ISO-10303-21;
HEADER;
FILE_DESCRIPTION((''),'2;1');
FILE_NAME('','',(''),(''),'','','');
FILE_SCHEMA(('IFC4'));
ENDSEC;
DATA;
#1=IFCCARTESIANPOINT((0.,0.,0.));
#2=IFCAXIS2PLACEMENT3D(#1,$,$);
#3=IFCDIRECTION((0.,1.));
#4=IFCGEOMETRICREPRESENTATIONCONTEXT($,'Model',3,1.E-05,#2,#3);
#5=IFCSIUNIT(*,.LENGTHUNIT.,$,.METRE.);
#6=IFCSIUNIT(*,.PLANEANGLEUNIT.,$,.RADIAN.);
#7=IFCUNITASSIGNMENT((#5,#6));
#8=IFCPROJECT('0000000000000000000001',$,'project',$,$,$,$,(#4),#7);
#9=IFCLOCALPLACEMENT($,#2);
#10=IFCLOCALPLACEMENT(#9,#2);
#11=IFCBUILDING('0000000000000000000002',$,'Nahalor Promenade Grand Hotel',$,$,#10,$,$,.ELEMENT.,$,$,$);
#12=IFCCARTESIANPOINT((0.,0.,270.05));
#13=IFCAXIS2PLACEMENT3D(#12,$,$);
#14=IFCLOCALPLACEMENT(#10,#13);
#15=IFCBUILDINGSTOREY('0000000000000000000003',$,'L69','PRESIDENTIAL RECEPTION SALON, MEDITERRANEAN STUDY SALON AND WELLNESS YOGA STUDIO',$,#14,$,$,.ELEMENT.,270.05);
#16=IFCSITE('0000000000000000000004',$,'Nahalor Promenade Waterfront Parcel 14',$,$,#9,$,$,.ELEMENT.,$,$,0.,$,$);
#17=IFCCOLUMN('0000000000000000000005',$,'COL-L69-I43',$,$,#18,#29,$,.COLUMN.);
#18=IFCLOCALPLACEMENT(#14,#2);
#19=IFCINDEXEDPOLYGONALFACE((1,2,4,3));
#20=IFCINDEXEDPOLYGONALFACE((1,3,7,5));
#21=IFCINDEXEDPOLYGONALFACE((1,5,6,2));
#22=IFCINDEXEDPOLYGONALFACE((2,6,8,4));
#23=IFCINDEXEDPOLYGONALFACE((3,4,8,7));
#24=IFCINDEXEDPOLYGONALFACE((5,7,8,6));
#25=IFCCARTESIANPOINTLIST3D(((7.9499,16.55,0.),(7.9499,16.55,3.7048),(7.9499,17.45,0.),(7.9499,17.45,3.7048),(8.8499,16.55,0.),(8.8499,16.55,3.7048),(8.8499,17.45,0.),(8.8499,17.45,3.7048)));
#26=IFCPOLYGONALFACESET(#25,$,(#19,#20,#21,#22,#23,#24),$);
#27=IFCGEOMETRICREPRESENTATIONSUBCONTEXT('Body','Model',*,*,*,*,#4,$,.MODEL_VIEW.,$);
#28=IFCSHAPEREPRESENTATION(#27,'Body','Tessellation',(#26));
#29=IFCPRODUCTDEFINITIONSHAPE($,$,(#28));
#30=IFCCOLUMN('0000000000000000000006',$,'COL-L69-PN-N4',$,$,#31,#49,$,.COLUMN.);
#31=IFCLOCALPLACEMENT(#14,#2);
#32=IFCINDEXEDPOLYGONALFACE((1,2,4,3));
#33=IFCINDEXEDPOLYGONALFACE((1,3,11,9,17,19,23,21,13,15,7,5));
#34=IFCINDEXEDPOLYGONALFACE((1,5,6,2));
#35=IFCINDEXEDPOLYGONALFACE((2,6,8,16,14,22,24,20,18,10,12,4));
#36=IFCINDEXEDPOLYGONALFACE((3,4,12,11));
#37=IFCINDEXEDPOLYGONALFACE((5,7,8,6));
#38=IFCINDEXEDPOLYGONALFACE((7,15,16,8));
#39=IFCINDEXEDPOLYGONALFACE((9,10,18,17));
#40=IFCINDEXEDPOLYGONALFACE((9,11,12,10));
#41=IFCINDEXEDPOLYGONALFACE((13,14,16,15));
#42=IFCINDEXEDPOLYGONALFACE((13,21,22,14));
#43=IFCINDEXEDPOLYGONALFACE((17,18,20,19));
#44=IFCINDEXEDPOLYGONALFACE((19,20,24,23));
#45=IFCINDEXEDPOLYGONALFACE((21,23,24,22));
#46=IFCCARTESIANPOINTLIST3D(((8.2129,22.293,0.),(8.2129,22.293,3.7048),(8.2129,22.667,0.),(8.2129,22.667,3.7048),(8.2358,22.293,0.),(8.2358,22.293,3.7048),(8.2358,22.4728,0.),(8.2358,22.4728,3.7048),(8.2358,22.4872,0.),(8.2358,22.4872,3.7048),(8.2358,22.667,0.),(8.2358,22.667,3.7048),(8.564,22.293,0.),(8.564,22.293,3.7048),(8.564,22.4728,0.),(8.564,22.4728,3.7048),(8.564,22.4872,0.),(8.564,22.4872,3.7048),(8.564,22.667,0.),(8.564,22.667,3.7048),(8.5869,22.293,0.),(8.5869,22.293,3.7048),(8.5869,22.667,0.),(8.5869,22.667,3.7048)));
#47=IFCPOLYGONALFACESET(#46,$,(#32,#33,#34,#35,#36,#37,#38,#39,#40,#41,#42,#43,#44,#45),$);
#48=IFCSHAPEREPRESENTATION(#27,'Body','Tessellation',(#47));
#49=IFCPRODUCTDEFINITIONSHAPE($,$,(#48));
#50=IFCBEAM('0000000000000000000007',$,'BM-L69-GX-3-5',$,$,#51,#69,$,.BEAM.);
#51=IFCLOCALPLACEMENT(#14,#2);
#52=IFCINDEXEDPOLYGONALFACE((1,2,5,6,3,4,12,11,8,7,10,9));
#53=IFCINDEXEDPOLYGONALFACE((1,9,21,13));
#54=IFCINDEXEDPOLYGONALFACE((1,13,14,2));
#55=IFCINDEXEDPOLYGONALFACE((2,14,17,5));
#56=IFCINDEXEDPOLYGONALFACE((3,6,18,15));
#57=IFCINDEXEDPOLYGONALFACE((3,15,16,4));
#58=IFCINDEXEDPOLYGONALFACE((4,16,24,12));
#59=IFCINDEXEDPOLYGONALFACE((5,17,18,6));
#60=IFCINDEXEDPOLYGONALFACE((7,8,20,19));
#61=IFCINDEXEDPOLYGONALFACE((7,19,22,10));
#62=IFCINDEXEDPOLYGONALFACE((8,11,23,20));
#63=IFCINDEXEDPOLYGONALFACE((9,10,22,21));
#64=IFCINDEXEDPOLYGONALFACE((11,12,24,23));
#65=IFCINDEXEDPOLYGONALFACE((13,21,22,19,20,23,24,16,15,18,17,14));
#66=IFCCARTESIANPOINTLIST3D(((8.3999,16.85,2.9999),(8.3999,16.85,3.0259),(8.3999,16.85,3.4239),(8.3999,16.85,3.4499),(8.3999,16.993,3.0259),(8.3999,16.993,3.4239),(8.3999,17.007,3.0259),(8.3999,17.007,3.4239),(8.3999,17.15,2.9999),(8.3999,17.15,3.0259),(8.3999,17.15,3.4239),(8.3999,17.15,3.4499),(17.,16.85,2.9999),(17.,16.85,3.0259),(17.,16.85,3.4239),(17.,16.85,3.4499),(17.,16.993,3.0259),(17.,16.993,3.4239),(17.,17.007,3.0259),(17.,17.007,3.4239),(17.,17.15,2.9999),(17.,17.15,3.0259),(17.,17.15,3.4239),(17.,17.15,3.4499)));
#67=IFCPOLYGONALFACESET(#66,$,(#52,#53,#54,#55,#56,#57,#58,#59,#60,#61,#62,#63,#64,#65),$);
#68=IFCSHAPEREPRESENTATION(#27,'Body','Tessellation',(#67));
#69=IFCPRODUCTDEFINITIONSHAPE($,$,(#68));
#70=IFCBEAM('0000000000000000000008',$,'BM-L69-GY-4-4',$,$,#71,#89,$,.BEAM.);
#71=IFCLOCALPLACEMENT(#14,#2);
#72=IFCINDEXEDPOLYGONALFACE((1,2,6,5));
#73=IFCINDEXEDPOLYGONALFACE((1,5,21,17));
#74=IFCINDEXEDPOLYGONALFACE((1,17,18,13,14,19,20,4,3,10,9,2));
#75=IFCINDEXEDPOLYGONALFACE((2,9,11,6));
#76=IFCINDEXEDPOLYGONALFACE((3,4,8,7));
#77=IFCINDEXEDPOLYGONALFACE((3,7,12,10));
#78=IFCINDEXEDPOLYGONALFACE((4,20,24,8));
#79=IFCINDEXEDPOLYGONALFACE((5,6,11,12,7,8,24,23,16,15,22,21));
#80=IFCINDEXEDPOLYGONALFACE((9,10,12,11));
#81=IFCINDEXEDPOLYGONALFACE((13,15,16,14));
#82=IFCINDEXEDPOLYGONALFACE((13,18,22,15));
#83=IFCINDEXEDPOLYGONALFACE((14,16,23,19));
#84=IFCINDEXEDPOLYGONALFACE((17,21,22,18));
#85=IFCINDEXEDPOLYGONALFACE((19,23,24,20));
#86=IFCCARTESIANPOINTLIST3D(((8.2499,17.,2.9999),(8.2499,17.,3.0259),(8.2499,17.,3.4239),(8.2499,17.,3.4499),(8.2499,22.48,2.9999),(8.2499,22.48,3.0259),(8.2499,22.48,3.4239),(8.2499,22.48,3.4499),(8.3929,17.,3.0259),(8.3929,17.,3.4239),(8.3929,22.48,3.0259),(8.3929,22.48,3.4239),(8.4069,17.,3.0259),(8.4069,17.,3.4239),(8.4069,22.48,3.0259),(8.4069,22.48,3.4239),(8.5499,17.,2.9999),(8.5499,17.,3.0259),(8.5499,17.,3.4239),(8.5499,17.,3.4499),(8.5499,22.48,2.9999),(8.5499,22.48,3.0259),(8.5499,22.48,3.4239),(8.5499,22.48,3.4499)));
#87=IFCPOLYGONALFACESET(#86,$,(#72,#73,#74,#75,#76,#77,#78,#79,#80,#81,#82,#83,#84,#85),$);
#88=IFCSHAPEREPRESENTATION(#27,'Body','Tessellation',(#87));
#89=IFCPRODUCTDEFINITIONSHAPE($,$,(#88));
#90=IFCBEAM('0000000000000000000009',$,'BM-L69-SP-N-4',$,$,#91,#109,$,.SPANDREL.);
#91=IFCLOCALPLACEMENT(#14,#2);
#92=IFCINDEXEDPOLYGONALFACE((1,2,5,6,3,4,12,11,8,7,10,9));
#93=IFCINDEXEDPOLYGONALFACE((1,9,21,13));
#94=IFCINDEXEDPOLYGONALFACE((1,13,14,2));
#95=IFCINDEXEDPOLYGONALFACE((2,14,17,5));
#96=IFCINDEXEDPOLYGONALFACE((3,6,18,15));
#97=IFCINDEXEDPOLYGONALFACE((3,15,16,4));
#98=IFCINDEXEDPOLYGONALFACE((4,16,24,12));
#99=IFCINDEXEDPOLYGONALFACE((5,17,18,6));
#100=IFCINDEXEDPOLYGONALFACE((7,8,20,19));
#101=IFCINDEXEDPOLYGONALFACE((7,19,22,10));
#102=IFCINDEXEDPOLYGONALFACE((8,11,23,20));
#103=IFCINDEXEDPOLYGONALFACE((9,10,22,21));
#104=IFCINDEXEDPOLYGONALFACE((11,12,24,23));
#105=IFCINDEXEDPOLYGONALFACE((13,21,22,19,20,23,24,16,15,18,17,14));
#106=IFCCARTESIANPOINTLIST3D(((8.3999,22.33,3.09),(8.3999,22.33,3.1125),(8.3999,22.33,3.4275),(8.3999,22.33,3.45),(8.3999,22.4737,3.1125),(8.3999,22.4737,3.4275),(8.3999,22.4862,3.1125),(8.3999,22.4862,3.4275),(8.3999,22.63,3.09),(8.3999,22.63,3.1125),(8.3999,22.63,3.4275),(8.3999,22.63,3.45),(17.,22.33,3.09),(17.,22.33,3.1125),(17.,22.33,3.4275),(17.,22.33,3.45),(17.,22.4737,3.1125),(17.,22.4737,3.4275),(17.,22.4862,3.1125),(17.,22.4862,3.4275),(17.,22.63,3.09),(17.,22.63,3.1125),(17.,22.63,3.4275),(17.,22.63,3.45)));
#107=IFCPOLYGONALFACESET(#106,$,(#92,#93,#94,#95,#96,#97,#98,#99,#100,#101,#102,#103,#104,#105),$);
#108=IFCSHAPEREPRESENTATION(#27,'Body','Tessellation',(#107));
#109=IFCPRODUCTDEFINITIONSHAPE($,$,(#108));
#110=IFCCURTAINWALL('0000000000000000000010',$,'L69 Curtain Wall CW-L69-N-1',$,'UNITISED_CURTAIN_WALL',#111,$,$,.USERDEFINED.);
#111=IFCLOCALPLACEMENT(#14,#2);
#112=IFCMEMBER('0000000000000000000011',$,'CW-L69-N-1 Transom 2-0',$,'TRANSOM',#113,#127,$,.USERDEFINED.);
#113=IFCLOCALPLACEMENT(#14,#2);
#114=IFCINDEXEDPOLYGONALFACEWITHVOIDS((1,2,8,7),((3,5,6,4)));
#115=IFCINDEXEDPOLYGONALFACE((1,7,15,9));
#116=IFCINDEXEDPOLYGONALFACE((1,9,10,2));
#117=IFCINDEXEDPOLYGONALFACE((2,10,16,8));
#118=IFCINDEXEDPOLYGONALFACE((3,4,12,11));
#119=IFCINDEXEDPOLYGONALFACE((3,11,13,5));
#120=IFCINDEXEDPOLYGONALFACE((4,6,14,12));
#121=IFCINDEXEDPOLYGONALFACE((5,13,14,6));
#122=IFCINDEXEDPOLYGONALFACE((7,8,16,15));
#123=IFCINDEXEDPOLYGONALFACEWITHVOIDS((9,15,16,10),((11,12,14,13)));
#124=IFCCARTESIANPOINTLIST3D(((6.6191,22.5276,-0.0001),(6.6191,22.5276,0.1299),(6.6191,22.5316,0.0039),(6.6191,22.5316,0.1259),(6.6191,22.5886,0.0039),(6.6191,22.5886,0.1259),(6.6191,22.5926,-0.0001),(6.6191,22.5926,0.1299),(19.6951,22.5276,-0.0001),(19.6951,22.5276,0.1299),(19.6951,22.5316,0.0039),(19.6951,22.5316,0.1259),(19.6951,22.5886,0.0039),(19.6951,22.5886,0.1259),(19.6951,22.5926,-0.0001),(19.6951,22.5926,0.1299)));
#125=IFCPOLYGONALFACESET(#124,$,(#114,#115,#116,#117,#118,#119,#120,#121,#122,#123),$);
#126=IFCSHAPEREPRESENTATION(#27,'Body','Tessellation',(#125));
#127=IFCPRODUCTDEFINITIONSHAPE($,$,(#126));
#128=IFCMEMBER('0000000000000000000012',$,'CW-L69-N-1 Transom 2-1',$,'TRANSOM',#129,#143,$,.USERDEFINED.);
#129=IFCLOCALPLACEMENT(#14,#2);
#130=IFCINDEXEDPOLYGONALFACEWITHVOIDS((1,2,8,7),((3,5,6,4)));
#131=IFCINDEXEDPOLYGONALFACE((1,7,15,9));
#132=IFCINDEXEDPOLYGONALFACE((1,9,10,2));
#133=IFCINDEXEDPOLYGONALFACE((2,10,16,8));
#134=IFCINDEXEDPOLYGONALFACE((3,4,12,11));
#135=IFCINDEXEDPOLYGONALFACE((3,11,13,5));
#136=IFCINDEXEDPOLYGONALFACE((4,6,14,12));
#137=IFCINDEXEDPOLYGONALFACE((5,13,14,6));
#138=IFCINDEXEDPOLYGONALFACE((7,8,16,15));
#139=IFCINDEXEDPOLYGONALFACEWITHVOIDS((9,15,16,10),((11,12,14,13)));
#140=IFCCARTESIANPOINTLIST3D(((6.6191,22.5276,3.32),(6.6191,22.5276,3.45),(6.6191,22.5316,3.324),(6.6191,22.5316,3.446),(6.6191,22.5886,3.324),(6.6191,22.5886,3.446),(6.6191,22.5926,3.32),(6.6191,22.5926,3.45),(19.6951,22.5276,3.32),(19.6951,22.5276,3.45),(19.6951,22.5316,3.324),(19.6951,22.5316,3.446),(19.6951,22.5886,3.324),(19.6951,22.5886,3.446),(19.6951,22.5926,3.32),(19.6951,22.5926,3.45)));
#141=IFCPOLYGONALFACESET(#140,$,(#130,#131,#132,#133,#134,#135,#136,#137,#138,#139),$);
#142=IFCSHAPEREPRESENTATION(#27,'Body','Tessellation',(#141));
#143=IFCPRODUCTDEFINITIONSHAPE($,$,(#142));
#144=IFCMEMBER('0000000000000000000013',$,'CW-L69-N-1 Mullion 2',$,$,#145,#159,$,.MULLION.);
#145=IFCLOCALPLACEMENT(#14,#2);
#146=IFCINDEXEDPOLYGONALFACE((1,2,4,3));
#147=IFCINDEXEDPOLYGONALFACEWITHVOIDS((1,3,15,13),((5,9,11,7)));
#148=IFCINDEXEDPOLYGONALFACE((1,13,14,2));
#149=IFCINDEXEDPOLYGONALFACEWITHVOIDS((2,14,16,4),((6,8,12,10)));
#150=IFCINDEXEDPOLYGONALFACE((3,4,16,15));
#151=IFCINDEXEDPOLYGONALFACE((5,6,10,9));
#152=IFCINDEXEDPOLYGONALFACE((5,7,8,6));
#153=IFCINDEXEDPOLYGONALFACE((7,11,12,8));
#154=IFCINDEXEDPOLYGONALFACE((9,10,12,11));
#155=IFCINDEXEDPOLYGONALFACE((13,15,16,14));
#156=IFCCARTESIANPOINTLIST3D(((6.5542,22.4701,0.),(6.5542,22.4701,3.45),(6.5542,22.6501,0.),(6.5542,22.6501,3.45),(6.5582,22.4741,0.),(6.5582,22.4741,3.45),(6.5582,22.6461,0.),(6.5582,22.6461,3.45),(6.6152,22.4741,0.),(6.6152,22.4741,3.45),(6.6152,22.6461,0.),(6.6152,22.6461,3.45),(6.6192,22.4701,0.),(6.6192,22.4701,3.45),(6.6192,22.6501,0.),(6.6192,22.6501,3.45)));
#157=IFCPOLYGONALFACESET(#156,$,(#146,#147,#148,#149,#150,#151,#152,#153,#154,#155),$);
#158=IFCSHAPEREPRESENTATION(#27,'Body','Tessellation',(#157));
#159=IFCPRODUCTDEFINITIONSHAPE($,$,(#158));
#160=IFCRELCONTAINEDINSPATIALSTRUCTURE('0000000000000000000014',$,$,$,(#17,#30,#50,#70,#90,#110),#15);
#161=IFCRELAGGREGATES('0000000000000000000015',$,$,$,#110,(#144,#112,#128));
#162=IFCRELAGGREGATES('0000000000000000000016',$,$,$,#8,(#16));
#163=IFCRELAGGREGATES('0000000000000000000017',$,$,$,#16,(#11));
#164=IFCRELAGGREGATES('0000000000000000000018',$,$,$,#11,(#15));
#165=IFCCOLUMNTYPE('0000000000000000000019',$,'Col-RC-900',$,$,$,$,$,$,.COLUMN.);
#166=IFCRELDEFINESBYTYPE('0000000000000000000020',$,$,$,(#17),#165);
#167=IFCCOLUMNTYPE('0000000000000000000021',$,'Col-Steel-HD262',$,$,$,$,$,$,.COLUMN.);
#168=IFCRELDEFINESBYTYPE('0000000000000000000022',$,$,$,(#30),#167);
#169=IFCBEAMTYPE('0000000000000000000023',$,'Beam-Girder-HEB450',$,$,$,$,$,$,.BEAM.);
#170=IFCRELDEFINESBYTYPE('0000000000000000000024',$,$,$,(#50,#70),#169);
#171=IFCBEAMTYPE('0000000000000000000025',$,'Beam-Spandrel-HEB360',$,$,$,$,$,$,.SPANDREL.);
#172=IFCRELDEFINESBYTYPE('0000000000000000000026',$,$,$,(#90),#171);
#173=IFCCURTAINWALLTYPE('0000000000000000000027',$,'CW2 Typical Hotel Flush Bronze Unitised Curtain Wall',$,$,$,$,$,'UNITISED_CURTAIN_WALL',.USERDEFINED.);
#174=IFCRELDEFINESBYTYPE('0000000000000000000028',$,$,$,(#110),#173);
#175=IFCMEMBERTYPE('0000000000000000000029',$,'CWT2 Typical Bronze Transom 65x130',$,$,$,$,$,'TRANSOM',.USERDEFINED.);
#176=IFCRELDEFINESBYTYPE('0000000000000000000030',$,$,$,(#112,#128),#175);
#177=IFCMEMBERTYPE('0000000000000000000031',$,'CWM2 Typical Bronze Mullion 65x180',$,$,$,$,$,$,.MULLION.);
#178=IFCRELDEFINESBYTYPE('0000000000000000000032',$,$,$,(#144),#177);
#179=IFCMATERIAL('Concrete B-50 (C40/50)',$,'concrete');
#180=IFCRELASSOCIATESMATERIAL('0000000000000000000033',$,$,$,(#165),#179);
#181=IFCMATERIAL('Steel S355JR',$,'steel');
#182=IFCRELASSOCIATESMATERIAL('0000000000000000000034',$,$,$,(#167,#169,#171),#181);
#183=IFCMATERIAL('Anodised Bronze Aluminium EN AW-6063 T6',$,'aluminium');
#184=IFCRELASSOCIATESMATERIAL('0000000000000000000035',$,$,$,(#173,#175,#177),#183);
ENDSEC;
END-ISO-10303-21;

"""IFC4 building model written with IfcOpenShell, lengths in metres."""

from ifc_helpers import new_model, si_unit, direction, frame, origin, origin_2d, place, context, subcontext, project, spatial, rectangle, hollow_rectangle, i_section, extrude, source, transform, mapped, material, material_profile, profile_set, type_object, element, aggregate, save


model = new_model("IFC4")

# Units and contexts
model_context = context("Model", 3, precision=1e-05, world=origin(), true_north=direction((0.0, 1.0)))
body_context = subcontext(model_context, "Body", "Model", "MODEL_VIEW")
ifc_project = project(units=[si_unit("LENGTHUNIT", "METRE"), si_unit("PLANEANGLEUNIT", "RADIAN")], contexts=[model_context])

# Site, building, storey
site_placement = place(None, origin())
site = spatial("IfcSite", under=ifc_project, at=site_placement, Name="Nahalor Promenade Waterfront Parcel 14", CompositionType="ELEMENT", RefElevation=0.0)
building_placement = place(site_placement, origin())
building = spatial("IfcBuilding", under=site, at=building_placement, Name="Nahalor Promenade Grand Hotel", CompositionType="ELEMENT")
storey_placement = place(building_placement, frame((0.0, 0.0, 270.05)))
storey = spatial("IfcBuildingStorey", under=building, at=storey_placement, Name="L69", Description="PRESIDENTIAL RECEPTION SALON, MEDITERRANEAN STUDY SALON AND WELLNESS YOGA STUDIO", CompositionType="ELEMENT", Elevation=270.05)

# Columns
ifc_material_1 = material(Name="Concrete B-50 (C40/50)", Category="concrete")
ifc_material_profile_1 = material_profile(ifc_material_1, rectangle(XDim=0.9, YDim=0.9, at=origin_2d()), Name="RC 900x900")
ifc_profile_set_1 = profile_set([ifc_material_profile_1], Name="Concrete B-50 (C40/50)")
column_type_1 = type_object("IfcColumnType", Name="Col-RC-900", PredefinedType="COLUMN", material=ifc_profile_set_1)
shared_shape_1 = source(origin(), body_context, "Body", "SweptSolid", [
    extrude(rectangle(XDim=0.9, YDim=0.9, at=origin_2d()), origin(), (0.0, 0.0, 1.0), 3.7048),
])
column_1_placement = place(storey_placement, frame((8.3999, 17.0, 0.0), z_axis=(0.0, 0.0, 1.0), x_axis=(1.0, 0.0, 0.0)))
element("IfcColumn", 1, at=column_1_placement, inside=storey, type_object=column_type_1, Name="COL-L69-I43", PredefinedType="COLUMN", context=body_context, shape_type="MappedRepresentation", body=[
    mapped(shared_shape_1, transform((0.0, 0.0, 0.0), scale=1.0)),
])
ifc_material_2 = material(Name="Steel S355JR", Category="steel")
ifc_material_profile_2 = material_profile(ifc_material_2, i_section(OverallWidth=0.374, OverallDepth=0.374, WebThickness=0.0144, FlangeThickness=0.0229, at=origin_2d()), Name="HD 360x262")
ifc_profile_set_2 = profile_set([ifc_material_profile_2], Name="Steel S355JR")
column_type_2 = type_object("IfcColumnType", Name="Col-Steel-HD262", PredefinedType="COLUMN", material=ifc_profile_set_2)
shared_shape_2 = source(origin(), body_context, "Body", "SweptSolid", [
    extrude(i_section(OverallWidth=0.374, OverallDepth=0.374, WebThickness=0.0144, FlangeThickness=0.0229, at=origin_2d()), origin(), (0.0, 0.0, 1.0), 3.7048),
])
column_2_placement = place(storey_placement, frame((8.3999, 22.48, 0.0), z_axis=(0.0, 0.0, 1.0), x_axis=(0.0, 1.0, 0.0)))
element("IfcColumn", 2, at=column_2_placement, inside=storey, type_object=column_type_2, Name="COL-L69-PN-N4", PredefinedType="COLUMN", context=body_context, shape_type="MappedRepresentation", body=[
    mapped(shared_shape_2, transform((0.0, 0.0, 0.0), scale=1.0)),
])

# Beams
ifc_material_profile_3 = material_profile(ifc_material_2, i_section(OverallWidth=0.3, OverallDepth=0.45, WebThickness=0.014, FlangeThickness=0.026, at=origin_2d()), Name="HEB 450")
ifc_profile_set_3 = profile_set([ifc_material_profile_3], Name="Steel S355JR")
beam_type_1 = type_object("IfcBeamType", Name="Beam-Girder-HEB450", PredefinedType="BEAM", material=ifc_profile_set_3)
shared_shape_3 = source(origin(), body_context, "Body", "SweptSolid", [
    extrude(i_section(OverallWidth=0.3, OverallDepth=0.45, WebThickness=0.014, FlangeThickness=0.026, at=origin_2d()), origin(), (0.0, 0.0, 1.0), 8.6001),
])
beam_1_placement = place(storey_placement, frame((8.3999, 17.0, 3.2249), z_axis=(1.0, 0.0, 0.0), x_axis=(0.0, 1.0, 0.0)))
element("IfcBeam", 3, at=beam_1_placement, inside=storey, type_object=beam_type_1, Name="BM-L69-GX-3-5", PredefinedType="BEAM", context=body_context, shape_type="MappedRepresentation", body=[
    mapped(shared_shape_3, transform((0.0, 0.0, 0.0), scale=1.0)),
])
shared_shape_4 = source(origin(), body_context, "Body", "SweptSolid", [
    extrude(i_section(OverallWidth=0.3, OverallDepth=0.45, WebThickness=0.014, FlangeThickness=0.026, at=origin_2d()), origin(), (0.0, 0.0, 1.0), 5.48),
])
beam_2_placement = place(storey_placement, frame((8.3999, 17.0, 3.2249), z_axis=(0.0, 1.0, 0.0), x_axis=(-1.0, 0.0, 0.0)))
element("IfcBeam", 4, at=beam_2_placement, inside=storey, type_object=beam_type_1, Name="BM-L69-GY-4-4", PredefinedType="BEAM", context=body_context, shape_type="MappedRepresentation", body=[
    mapped(shared_shape_4, transform((0.0, 0.0, 0.0), scale=1.0)),
])
ifc_material_profile_4 = material_profile(ifc_material_2, i_section(OverallWidth=0.3, OverallDepth=0.36, WebThickness=0.0125, FlangeThickness=0.0225, at=origin_2d()), Name="HEB 360")
ifc_profile_set_4 = profile_set([ifc_material_profile_4], Name="Steel S355JR")
beam_type_2 = type_object("IfcBeamType", Name="Beam-Spandrel-HEB360", PredefinedType="SPANDREL", material=ifc_profile_set_4)
shared_shape_5 = source(origin(), body_context, "Body", "SweptSolid", [
    extrude(i_section(OverallWidth=0.3, OverallDepth=0.36, WebThickness=0.0125, FlangeThickness=0.0225, at=origin_2d()), origin(), (0.0, 0.0, 1.0), 8.6001),
])
beam_3_placement = place(storey_placement, frame((8.3999, 22.48, 3.27), z_axis=(1.0, 0.0, 0.0), x_axis=(0.0, 1.0, 0.0)))
element("IfcBeam", 5, at=beam_3_placement, inside=storey, type_object=beam_type_2, Name="BM-L69-SP-N-4", PredefinedType="SPANDREL", context=body_context, shape_type="MappedRepresentation", body=[
    mapped(shared_shape_5, transform((0.0, 0.0, 0.0), scale=1.0)),
])

# Curtain wall, members
ifc_material_3 = material(Name="Anodised Bronze Aluminium EN AW-6063 T6", Category="aluminium")
curtain_wall_type = type_object("IfcCurtainWallType", Name="CW2 Typical Hotel Flush Bronze Unitised Curtain Wall", ElementType="UNITISED_CURTAIN_WALL", PredefinedType="USERDEFINED", material=ifc_material_3)
curtain_wall_placement = place(storey_placement, origin())
curtain_wall = element("IfcCurtainWall", 6, at=curtain_wall_placement, inside=storey, type_object=curtain_wall_type, Name="L69 Curtain Wall CW-L69-N-1", ObjectType="UNITISED_CURTAIN_WALL", PredefinedType="USERDEFINED")
ifc_material_profile_5 = material_profile(ifc_material_3, hollow_rectangle(XDim=0.065, YDim=0.13, WallThickness=0.004, at=origin_2d()), Name="CWT 65x130x4")
ifc_profile_set_5 = profile_set([ifc_material_profile_5], Name="Anodised Bronze Aluminium EN AW-6063 T6")
member_type_1 = type_object("IfcMemberType", Name="CWT2 Typical Bronze Transom 65x130", ElementType="TRANSOM", PredefinedType="USERDEFINED", material=ifc_profile_set_5)
shared_shape_6 = source(origin(), body_context, "Body", "SweptSolid", [
    extrude(hollow_rectangle(XDim=0.065, YDim=0.13, WallThickness=0.004, at=origin_2d()), origin(), (0.0, 0.0, 1.0), 13.0759),
])
member_1_placement = place(storey_placement, frame((6.6191, 22.5601, 0.0649), z_axis=(1.0, 0.0, 0.0), x_axis=(0.0, 1.0, 0.0)))
member_1 = element("IfcMember", 7, at=member_1_placement, type_object=member_type_1, Name="CW-L69-N-1 Transom 2-0", ObjectType="TRANSOM", PredefinedType="USERDEFINED", context=body_context, shape_type="MappedRepresentation", body=[
    mapped(shared_shape_6, transform((0.0, 0.0, 0.0), scale=1.0)),
])
member_2_placement = place(storey_placement, frame((6.6191, 22.5601, 3.385), z_axis=(1.0, 0.0, 0.0), x_axis=(0.0, 1.0, 0.0)))
member_2 = element("IfcMember", 8, at=member_2_placement, type_object=member_type_1, Name="CW-L69-N-1 Transom 2-1", ObjectType="TRANSOM", PredefinedType="USERDEFINED", context=body_context, shape_type="MappedRepresentation", body=[
    mapped(shared_shape_6, transform((0.0, 0.0, 0.0), scale=1.0)),
])
ifc_material_profile_6 = material_profile(ifc_material_3, hollow_rectangle(XDim=0.065, YDim=0.18, WallThickness=0.004, at=origin_2d()), Name="CWM 65x180x4")
ifc_profile_set_6 = profile_set([ifc_material_profile_6], Name="Anodised Bronze Aluminium EN AW-6063 T6")
member_type_2 = type_object("IfcMemberType", Name="CWM2 Typical Bronze Mullion 65x180", PredefinedType="MULLION", material=ifc_profile_set_6)
shared_shape_7 = source(origin(), body_context, "Body", "SweptSolid", [
    extrude(hollow_rectangle(XDim=0.065, YDim=0.18, WallThickness=0.004, at=origin_2d()), origin(), (0.0, 0.0, 1.0), 3.45),
])
member_3_placement = place(storey_placement, frame((6.5867, 22.5601, 0.0), z_axis=(0.0, 0.0, 1.0), x_axis=(1.0, 0.0, 0.0)))
member_3 = element("IfcMember", 9, at=member_3_placement, type_object=member_type_2, Name="CW-L69-N-1 Mullion 2", PredefinedType="MULLION", context=body_context, shape_type="MappedRepresentation", body=[
    mapped(shared_shape_7, transform((0.0, 0.0, 0.0), scale=1.0)),
])
aggregate(curtain_wall, [member_3, member_1, member_2])

save(model, "model.ifc")
